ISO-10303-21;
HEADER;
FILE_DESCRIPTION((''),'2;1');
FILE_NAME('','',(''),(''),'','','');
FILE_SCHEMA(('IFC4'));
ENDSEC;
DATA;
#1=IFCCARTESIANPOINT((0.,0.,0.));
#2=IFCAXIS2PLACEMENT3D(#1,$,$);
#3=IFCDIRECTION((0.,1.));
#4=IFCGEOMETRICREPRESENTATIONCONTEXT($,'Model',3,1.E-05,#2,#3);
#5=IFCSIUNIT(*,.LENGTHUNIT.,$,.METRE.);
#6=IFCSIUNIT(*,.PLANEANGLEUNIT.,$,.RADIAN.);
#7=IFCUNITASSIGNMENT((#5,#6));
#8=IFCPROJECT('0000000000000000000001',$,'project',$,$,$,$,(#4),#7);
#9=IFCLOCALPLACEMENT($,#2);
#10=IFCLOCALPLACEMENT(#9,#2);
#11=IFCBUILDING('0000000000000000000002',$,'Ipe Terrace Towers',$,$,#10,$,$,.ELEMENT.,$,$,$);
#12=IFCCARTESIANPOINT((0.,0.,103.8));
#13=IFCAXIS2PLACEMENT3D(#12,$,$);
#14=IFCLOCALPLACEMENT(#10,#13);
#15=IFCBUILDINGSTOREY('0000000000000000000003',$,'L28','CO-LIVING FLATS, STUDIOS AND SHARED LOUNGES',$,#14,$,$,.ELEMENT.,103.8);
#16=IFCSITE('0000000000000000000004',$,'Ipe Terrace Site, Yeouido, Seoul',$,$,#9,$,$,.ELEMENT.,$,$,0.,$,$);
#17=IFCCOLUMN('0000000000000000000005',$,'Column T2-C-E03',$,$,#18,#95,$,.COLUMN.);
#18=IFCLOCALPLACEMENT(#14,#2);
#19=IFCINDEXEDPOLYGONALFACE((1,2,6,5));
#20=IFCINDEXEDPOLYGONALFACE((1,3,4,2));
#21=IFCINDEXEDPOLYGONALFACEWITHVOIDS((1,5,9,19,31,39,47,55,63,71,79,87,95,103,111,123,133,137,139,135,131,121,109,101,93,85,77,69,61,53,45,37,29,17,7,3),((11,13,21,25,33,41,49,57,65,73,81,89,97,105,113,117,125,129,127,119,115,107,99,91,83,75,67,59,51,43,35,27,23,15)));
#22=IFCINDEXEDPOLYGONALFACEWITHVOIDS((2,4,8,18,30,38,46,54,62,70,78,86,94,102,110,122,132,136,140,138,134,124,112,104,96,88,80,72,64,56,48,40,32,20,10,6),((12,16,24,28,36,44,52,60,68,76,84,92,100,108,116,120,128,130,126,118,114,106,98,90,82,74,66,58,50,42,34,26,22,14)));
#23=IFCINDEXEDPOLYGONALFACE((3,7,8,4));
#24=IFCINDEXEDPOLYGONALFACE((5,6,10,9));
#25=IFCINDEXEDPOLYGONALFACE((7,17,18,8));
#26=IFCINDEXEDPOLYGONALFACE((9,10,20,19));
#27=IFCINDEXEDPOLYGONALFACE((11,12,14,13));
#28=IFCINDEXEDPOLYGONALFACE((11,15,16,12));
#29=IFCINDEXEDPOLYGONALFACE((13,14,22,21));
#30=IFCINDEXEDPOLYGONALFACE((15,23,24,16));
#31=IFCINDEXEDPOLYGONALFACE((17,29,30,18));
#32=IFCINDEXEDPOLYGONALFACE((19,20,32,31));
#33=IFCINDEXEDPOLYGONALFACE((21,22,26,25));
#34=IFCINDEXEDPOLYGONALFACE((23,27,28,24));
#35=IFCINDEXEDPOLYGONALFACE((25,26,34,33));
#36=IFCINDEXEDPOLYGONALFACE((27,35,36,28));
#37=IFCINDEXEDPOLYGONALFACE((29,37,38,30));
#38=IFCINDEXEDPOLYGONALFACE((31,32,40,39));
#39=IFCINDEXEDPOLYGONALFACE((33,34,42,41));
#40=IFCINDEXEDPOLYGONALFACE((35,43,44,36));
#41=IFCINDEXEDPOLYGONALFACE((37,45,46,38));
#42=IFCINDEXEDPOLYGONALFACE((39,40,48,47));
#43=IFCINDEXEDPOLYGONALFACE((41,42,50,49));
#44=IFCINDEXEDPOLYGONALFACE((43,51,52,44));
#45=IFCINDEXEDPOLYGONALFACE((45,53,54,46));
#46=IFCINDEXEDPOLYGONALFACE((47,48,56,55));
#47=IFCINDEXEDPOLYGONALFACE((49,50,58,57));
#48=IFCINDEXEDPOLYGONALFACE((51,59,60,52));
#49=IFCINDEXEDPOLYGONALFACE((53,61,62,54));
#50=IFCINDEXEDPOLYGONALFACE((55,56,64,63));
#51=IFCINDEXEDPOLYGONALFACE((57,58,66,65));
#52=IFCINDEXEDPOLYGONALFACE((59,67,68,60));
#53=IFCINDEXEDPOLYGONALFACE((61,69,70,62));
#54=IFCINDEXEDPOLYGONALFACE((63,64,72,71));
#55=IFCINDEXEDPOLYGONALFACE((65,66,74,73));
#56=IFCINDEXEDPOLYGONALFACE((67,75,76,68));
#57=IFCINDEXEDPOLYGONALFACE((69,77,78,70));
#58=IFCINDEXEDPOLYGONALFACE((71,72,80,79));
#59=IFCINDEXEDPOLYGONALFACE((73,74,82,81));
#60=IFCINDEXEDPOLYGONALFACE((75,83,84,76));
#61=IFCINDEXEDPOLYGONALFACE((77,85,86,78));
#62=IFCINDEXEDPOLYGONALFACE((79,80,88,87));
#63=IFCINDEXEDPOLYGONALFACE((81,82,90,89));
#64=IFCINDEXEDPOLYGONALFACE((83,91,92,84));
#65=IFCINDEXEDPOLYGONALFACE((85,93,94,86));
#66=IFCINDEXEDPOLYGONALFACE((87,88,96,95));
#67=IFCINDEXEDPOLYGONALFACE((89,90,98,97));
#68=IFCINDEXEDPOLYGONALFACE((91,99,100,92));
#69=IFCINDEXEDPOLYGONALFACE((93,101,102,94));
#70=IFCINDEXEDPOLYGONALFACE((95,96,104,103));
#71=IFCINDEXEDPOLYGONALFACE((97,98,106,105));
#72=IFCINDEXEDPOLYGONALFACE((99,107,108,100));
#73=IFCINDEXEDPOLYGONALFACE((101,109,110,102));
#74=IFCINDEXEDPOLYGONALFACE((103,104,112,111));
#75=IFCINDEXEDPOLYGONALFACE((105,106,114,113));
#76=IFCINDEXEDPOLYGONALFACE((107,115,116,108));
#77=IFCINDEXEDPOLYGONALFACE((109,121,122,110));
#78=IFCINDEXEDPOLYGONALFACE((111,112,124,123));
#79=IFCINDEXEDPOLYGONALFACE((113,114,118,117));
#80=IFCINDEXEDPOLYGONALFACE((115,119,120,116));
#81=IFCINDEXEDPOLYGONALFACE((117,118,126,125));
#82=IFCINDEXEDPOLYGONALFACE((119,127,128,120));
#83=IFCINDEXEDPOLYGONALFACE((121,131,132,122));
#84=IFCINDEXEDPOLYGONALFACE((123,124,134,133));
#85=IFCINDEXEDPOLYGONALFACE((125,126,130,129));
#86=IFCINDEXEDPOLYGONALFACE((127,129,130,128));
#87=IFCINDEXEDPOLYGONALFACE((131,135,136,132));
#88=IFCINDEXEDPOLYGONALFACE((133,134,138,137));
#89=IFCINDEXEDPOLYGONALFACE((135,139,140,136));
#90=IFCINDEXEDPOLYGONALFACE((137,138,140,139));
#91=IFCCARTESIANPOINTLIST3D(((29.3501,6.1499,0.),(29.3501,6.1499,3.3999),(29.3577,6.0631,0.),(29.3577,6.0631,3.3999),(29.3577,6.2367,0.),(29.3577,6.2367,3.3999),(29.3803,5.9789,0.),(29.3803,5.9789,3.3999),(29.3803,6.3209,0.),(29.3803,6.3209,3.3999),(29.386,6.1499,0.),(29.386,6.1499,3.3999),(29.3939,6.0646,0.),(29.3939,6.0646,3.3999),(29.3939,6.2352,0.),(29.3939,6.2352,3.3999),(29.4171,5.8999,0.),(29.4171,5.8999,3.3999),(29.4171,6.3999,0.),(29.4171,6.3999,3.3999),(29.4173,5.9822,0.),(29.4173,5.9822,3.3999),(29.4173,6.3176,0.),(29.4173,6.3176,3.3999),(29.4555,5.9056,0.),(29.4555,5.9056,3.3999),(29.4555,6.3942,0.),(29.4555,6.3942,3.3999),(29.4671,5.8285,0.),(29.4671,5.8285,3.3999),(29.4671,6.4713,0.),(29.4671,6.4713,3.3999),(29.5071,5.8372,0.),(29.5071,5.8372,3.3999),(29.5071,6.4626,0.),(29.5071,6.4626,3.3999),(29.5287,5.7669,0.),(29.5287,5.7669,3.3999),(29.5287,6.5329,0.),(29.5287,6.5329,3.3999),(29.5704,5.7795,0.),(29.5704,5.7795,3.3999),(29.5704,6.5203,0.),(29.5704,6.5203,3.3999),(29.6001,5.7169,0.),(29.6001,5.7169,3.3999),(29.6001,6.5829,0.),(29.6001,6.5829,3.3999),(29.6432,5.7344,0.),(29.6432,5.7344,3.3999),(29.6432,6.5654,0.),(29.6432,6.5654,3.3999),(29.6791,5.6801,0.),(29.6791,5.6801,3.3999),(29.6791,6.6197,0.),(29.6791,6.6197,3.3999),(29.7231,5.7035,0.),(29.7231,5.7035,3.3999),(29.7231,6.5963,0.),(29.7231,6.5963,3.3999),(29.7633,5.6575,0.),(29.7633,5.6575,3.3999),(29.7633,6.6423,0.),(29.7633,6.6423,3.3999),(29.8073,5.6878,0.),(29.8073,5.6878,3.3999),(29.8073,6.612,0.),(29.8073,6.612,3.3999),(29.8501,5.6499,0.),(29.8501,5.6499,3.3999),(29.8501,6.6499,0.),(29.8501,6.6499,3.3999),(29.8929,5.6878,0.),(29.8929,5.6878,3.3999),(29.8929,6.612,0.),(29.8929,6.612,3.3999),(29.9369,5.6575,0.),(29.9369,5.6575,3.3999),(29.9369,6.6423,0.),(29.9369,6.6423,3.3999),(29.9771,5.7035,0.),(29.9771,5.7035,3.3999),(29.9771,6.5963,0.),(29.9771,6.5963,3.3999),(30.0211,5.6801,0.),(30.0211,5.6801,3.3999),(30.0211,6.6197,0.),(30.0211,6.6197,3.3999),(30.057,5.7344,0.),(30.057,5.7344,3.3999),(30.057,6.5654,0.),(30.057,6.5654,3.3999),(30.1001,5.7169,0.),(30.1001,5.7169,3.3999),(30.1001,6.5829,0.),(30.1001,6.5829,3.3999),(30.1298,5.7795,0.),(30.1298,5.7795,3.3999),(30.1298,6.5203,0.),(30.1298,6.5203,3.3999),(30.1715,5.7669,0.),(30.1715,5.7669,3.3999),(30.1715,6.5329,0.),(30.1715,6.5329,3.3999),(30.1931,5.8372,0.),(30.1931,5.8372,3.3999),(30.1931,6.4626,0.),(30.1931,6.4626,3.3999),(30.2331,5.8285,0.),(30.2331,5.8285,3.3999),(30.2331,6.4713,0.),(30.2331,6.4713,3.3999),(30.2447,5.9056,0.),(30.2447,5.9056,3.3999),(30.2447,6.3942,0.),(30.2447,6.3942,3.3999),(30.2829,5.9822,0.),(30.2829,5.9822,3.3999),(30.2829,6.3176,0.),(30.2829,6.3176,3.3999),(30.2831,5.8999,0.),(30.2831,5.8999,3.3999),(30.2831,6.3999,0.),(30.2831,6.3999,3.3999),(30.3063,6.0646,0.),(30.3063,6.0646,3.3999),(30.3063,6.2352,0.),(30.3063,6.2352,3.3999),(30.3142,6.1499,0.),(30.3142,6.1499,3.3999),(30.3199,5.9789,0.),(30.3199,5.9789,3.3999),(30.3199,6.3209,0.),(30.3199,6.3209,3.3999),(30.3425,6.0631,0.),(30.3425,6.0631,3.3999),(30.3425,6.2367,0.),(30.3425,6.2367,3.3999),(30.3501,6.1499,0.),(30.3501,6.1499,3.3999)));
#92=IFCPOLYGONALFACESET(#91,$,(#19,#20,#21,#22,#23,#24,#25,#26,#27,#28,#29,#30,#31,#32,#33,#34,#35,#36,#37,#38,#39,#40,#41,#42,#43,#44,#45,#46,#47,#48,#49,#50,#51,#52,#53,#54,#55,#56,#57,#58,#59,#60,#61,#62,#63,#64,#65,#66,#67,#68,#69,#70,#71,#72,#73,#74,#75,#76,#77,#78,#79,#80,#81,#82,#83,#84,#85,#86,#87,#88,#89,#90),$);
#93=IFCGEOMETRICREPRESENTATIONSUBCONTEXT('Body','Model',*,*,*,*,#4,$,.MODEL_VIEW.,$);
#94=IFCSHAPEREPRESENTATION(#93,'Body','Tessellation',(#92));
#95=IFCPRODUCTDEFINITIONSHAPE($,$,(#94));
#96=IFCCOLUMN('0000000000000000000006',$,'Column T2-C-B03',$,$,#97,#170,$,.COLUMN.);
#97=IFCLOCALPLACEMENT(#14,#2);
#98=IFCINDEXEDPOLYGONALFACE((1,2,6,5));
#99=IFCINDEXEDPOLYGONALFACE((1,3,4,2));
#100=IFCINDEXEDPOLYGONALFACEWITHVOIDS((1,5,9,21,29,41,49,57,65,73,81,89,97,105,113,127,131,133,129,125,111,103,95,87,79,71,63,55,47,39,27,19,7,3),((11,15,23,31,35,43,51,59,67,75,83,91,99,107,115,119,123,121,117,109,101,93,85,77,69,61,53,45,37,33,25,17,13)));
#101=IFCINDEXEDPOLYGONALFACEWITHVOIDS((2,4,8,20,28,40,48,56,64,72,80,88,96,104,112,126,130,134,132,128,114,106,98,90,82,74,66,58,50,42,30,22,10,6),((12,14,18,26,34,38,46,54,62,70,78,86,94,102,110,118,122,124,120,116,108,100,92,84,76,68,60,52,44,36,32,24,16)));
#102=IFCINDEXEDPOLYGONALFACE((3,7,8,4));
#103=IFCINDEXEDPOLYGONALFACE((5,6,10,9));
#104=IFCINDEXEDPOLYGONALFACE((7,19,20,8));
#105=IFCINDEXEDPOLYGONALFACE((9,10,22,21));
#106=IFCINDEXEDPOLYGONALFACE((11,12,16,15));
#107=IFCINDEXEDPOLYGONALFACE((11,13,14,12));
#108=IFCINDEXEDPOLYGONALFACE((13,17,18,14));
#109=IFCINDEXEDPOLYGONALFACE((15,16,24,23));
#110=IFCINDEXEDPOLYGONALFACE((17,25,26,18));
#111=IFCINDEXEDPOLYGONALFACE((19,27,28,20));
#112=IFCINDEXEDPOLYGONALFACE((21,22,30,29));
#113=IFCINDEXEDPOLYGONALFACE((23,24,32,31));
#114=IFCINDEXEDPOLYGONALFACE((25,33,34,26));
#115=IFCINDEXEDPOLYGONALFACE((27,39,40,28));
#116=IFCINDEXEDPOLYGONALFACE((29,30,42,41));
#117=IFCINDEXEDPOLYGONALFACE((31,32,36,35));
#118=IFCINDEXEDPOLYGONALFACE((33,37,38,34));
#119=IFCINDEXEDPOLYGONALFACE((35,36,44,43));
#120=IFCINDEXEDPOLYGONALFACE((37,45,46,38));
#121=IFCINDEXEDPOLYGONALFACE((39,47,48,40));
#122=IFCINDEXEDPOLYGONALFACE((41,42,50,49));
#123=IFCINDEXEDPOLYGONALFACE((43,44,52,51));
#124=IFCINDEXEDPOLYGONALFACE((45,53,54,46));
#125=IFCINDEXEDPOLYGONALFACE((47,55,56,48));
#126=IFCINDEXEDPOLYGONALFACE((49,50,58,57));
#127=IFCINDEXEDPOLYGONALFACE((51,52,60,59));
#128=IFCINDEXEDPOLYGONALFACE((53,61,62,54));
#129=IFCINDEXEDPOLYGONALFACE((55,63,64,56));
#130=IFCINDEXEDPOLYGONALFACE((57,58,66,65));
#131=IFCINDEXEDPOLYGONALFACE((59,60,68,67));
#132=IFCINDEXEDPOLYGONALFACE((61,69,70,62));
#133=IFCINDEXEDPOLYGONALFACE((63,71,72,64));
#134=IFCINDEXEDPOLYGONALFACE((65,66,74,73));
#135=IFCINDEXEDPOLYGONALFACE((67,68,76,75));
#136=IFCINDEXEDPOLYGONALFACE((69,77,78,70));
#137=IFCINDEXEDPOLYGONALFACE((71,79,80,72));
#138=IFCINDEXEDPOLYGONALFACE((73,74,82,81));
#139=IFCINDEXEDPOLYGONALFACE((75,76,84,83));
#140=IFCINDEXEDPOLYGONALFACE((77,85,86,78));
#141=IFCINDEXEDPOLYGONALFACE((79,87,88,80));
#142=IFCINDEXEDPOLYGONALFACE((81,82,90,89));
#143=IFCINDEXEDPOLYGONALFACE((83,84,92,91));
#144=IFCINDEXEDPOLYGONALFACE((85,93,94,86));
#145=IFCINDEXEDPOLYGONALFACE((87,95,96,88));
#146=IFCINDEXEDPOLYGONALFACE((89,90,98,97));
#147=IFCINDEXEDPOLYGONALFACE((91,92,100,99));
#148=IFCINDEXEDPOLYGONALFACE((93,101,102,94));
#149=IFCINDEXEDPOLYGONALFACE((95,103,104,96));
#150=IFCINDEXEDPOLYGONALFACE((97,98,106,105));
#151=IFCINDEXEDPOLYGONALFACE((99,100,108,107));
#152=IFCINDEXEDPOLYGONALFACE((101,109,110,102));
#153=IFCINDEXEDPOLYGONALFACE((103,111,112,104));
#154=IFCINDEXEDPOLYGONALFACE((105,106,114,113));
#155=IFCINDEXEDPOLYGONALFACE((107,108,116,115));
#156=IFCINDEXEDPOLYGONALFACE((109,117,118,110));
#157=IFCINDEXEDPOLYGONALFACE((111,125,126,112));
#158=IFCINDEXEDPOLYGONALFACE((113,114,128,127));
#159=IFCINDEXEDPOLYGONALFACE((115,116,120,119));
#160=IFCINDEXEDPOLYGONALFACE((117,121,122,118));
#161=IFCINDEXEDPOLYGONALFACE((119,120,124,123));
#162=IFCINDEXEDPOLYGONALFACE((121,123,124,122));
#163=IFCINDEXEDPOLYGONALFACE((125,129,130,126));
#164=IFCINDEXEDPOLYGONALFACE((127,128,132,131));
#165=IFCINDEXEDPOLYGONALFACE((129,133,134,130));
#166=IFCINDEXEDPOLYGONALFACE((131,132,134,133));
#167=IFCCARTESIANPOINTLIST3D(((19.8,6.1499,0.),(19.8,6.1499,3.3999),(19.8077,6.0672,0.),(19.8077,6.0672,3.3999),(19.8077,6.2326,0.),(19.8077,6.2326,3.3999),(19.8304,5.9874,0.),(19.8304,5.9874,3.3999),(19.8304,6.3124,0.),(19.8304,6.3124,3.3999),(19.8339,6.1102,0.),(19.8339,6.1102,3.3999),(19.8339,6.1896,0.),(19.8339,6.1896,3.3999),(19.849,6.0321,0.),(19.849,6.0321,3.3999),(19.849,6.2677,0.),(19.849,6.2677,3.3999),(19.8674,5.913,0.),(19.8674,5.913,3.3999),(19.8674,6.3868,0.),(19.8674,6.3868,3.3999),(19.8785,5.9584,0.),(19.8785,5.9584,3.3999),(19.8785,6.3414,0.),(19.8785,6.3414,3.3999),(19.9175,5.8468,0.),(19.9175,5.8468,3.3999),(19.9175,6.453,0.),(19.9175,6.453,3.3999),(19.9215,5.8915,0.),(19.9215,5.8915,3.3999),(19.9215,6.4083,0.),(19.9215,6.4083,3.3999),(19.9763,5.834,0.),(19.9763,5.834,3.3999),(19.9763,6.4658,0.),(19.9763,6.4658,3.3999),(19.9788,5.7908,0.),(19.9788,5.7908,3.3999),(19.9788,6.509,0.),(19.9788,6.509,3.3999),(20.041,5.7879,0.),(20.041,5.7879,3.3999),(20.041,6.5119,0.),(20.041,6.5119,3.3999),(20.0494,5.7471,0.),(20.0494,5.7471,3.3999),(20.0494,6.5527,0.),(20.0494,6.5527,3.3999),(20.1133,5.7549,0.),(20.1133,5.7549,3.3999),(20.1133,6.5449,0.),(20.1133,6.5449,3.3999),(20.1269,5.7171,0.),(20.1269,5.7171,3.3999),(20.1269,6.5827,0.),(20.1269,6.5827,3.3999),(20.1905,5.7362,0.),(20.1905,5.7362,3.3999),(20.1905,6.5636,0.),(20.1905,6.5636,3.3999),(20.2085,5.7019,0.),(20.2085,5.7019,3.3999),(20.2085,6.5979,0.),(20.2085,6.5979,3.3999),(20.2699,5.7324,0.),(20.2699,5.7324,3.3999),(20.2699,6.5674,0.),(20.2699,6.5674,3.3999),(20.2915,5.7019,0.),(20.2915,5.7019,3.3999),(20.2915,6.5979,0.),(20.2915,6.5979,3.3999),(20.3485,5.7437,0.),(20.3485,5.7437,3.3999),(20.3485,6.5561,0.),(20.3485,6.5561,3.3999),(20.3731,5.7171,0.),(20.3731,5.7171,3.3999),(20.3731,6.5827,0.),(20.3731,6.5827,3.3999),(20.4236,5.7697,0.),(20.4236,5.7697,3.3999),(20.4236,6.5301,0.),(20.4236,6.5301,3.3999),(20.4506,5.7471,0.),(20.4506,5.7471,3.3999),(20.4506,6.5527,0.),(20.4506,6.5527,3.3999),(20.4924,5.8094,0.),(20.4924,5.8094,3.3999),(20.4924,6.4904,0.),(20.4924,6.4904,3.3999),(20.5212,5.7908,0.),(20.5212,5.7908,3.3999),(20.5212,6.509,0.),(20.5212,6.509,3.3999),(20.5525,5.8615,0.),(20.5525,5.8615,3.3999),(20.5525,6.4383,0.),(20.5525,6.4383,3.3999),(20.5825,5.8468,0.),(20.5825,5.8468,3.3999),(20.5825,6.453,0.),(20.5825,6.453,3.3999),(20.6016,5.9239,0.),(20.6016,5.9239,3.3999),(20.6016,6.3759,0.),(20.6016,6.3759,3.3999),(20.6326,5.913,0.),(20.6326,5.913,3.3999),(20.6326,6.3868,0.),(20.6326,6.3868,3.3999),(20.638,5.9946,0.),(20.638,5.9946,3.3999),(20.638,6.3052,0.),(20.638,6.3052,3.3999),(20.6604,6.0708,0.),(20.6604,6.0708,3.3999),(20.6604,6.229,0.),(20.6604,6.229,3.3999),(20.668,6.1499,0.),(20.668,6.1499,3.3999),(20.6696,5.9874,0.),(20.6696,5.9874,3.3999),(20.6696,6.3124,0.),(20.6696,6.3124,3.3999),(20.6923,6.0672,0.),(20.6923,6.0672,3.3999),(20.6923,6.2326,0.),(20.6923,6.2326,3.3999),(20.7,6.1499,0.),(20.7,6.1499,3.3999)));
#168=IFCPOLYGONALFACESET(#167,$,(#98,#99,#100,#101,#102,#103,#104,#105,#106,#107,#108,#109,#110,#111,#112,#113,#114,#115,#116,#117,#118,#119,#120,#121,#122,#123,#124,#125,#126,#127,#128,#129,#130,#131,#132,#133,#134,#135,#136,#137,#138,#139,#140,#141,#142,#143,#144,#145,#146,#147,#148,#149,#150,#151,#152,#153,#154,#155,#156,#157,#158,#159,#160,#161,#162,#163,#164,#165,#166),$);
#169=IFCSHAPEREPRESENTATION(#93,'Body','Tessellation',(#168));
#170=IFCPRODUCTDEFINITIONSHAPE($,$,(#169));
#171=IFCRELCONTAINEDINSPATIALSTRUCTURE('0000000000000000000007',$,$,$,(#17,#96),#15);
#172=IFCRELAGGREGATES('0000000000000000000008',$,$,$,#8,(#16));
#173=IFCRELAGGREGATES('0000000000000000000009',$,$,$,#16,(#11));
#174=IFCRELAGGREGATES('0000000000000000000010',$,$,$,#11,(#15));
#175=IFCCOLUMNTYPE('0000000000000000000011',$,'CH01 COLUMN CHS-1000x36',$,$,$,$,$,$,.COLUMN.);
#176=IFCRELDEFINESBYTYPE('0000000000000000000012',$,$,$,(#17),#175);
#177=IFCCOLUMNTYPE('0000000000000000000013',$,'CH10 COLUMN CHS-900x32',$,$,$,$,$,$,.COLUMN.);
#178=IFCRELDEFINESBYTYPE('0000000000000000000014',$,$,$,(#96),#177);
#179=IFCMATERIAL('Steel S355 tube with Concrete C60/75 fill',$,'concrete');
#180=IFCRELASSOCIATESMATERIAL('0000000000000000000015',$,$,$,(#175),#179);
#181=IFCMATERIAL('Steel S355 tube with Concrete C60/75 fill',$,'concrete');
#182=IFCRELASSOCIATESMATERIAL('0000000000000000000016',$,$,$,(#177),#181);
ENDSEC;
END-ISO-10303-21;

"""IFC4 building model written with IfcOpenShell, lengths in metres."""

from ifc_helpers import new_model, si_unit, direction, frame, origin, origin_2d, place, context, subcontext, project, spatial, hollow_circle, extrude, material, material_profile, profile_set, type_object, element, save


model = new_model("IFC4")

# Units and contexts
model_context = context("Model", 3, precision=1e-05, world=origin(), true_north=direction((0.0, 1.0)))
body_context = subcontext(model_context, "Body", "Model", "MODEL_VIEW")
ifc_project = project(units=[si_unit("LENGTHUNIT", "METRE"), si_unit("PLANEANGLEUNIT", "RADIAN")], contexts=[model_context])

# Site, building, storey
site_placement = place(None, origin())
site = spatial("IfcSite", under=ifc_project, at=site_placement, Name="Ipe Terrace Site, Yeouido, Seoul", CompositionType="ELEMENT", RefElevation=0.0)
building_placement = place(site_placement, origin())
building = spatial("IfcBuilding", under=site, at=building_placement, Name="Ipe Terrace Towers", CompositionType="ELEMENT")
storey_placement = place(building_placement, frame((0.0, 0.0, 103.8)))
storey = spatial("IfcBuildingStorey", under=building, at=storey_placement, Name="L28", Description="CO-LIVING FLATS, STUDIOS AND SHARED LOUNGES", CompositionType="ELEMENT", Elevation=103.8)

# Columns
ifc_material_1 = material(Name="Steel S355 tube with Concrete C60/75 fill", Category="concrete")
ifc_material_profile_1 = material_profile(ifc_material_1, hollow_circle(Radius=0.5, WallThickness=0.0359, at=origin_2d()), Name="CHS-1000x36")
ifc_profile_set_1 = profile_set([ifc_material_profile_1], Name="Steel S355 tube with Concrete C60/75 fill")
column_type_1 = type_object("IfcColumnType", Name="CH01 COLUMN CHS-1000x36", PredefinedType="COLUMN", material=ifc_profile_set_1)
column_placement = place(storey_placement, frame((29.8501, 6.1499, 0.0), z_axis=(0.0, 0.0, 1.0), x_axis=(1.0, 0.0, 0.0)))
element("IfcColumn", 1, at=column_placement, inside=storey, type_object=column_type_1, Name="Column T2-C-E03", PredefinedType="COLUMN", context=body_context, shape_type="SweptSolid", body=[
    extrude(hollow_circle(Radius=0.5, WallThickness=0.0359, at=origin_2d()), origin(), (0.0, 0.0, 1.0), 3.3999),
])
ifc_material_2 = material(Name="Steel S355 tube with Concrete C60/75 fill", Category="concrete")
ifc_material_profile_2 = material_profile(ifc_material_2, hollow_circle(Radius=0.45, WallThickness=0.032, at=origin_2d()), Name="CHS-900x32")
ifc_profile_set_2 = profile_set([ifc_material_profile_2], Name="Steel S355 tube with Concrete C60/75 fill")
column_type_2 = type_object("IfcColumnType", Name="CH10 COLUMN CHS-900x32", PredefinedType="COLUMN", material=ifc_profile_set_2)
for number, where, z_axis, x_axis, name in (
    (2, (20.25, 6.1499, 0.0), (0.0, 0.0, 1.0), (1.0, 0.0, 0.0), "Column T2-C-B03"),
):
    element("IfcColumn", number, at=place(storey_placement, frame(where, z_axis=z_axis, x_axis=x_axis)), inside=storey, type_object=column_type_2, Name=name, PredefinedType="COLUMN", context=body_context, shape_type="SweptSolid", body=[
        extrude(hollow_circle(Radius=0.45, WallThickness=0.032, at=origin_2d()), origin(), (0.0, 0.0, 1.0), 3.3999),
    ])

save(model, "model.ifc")
